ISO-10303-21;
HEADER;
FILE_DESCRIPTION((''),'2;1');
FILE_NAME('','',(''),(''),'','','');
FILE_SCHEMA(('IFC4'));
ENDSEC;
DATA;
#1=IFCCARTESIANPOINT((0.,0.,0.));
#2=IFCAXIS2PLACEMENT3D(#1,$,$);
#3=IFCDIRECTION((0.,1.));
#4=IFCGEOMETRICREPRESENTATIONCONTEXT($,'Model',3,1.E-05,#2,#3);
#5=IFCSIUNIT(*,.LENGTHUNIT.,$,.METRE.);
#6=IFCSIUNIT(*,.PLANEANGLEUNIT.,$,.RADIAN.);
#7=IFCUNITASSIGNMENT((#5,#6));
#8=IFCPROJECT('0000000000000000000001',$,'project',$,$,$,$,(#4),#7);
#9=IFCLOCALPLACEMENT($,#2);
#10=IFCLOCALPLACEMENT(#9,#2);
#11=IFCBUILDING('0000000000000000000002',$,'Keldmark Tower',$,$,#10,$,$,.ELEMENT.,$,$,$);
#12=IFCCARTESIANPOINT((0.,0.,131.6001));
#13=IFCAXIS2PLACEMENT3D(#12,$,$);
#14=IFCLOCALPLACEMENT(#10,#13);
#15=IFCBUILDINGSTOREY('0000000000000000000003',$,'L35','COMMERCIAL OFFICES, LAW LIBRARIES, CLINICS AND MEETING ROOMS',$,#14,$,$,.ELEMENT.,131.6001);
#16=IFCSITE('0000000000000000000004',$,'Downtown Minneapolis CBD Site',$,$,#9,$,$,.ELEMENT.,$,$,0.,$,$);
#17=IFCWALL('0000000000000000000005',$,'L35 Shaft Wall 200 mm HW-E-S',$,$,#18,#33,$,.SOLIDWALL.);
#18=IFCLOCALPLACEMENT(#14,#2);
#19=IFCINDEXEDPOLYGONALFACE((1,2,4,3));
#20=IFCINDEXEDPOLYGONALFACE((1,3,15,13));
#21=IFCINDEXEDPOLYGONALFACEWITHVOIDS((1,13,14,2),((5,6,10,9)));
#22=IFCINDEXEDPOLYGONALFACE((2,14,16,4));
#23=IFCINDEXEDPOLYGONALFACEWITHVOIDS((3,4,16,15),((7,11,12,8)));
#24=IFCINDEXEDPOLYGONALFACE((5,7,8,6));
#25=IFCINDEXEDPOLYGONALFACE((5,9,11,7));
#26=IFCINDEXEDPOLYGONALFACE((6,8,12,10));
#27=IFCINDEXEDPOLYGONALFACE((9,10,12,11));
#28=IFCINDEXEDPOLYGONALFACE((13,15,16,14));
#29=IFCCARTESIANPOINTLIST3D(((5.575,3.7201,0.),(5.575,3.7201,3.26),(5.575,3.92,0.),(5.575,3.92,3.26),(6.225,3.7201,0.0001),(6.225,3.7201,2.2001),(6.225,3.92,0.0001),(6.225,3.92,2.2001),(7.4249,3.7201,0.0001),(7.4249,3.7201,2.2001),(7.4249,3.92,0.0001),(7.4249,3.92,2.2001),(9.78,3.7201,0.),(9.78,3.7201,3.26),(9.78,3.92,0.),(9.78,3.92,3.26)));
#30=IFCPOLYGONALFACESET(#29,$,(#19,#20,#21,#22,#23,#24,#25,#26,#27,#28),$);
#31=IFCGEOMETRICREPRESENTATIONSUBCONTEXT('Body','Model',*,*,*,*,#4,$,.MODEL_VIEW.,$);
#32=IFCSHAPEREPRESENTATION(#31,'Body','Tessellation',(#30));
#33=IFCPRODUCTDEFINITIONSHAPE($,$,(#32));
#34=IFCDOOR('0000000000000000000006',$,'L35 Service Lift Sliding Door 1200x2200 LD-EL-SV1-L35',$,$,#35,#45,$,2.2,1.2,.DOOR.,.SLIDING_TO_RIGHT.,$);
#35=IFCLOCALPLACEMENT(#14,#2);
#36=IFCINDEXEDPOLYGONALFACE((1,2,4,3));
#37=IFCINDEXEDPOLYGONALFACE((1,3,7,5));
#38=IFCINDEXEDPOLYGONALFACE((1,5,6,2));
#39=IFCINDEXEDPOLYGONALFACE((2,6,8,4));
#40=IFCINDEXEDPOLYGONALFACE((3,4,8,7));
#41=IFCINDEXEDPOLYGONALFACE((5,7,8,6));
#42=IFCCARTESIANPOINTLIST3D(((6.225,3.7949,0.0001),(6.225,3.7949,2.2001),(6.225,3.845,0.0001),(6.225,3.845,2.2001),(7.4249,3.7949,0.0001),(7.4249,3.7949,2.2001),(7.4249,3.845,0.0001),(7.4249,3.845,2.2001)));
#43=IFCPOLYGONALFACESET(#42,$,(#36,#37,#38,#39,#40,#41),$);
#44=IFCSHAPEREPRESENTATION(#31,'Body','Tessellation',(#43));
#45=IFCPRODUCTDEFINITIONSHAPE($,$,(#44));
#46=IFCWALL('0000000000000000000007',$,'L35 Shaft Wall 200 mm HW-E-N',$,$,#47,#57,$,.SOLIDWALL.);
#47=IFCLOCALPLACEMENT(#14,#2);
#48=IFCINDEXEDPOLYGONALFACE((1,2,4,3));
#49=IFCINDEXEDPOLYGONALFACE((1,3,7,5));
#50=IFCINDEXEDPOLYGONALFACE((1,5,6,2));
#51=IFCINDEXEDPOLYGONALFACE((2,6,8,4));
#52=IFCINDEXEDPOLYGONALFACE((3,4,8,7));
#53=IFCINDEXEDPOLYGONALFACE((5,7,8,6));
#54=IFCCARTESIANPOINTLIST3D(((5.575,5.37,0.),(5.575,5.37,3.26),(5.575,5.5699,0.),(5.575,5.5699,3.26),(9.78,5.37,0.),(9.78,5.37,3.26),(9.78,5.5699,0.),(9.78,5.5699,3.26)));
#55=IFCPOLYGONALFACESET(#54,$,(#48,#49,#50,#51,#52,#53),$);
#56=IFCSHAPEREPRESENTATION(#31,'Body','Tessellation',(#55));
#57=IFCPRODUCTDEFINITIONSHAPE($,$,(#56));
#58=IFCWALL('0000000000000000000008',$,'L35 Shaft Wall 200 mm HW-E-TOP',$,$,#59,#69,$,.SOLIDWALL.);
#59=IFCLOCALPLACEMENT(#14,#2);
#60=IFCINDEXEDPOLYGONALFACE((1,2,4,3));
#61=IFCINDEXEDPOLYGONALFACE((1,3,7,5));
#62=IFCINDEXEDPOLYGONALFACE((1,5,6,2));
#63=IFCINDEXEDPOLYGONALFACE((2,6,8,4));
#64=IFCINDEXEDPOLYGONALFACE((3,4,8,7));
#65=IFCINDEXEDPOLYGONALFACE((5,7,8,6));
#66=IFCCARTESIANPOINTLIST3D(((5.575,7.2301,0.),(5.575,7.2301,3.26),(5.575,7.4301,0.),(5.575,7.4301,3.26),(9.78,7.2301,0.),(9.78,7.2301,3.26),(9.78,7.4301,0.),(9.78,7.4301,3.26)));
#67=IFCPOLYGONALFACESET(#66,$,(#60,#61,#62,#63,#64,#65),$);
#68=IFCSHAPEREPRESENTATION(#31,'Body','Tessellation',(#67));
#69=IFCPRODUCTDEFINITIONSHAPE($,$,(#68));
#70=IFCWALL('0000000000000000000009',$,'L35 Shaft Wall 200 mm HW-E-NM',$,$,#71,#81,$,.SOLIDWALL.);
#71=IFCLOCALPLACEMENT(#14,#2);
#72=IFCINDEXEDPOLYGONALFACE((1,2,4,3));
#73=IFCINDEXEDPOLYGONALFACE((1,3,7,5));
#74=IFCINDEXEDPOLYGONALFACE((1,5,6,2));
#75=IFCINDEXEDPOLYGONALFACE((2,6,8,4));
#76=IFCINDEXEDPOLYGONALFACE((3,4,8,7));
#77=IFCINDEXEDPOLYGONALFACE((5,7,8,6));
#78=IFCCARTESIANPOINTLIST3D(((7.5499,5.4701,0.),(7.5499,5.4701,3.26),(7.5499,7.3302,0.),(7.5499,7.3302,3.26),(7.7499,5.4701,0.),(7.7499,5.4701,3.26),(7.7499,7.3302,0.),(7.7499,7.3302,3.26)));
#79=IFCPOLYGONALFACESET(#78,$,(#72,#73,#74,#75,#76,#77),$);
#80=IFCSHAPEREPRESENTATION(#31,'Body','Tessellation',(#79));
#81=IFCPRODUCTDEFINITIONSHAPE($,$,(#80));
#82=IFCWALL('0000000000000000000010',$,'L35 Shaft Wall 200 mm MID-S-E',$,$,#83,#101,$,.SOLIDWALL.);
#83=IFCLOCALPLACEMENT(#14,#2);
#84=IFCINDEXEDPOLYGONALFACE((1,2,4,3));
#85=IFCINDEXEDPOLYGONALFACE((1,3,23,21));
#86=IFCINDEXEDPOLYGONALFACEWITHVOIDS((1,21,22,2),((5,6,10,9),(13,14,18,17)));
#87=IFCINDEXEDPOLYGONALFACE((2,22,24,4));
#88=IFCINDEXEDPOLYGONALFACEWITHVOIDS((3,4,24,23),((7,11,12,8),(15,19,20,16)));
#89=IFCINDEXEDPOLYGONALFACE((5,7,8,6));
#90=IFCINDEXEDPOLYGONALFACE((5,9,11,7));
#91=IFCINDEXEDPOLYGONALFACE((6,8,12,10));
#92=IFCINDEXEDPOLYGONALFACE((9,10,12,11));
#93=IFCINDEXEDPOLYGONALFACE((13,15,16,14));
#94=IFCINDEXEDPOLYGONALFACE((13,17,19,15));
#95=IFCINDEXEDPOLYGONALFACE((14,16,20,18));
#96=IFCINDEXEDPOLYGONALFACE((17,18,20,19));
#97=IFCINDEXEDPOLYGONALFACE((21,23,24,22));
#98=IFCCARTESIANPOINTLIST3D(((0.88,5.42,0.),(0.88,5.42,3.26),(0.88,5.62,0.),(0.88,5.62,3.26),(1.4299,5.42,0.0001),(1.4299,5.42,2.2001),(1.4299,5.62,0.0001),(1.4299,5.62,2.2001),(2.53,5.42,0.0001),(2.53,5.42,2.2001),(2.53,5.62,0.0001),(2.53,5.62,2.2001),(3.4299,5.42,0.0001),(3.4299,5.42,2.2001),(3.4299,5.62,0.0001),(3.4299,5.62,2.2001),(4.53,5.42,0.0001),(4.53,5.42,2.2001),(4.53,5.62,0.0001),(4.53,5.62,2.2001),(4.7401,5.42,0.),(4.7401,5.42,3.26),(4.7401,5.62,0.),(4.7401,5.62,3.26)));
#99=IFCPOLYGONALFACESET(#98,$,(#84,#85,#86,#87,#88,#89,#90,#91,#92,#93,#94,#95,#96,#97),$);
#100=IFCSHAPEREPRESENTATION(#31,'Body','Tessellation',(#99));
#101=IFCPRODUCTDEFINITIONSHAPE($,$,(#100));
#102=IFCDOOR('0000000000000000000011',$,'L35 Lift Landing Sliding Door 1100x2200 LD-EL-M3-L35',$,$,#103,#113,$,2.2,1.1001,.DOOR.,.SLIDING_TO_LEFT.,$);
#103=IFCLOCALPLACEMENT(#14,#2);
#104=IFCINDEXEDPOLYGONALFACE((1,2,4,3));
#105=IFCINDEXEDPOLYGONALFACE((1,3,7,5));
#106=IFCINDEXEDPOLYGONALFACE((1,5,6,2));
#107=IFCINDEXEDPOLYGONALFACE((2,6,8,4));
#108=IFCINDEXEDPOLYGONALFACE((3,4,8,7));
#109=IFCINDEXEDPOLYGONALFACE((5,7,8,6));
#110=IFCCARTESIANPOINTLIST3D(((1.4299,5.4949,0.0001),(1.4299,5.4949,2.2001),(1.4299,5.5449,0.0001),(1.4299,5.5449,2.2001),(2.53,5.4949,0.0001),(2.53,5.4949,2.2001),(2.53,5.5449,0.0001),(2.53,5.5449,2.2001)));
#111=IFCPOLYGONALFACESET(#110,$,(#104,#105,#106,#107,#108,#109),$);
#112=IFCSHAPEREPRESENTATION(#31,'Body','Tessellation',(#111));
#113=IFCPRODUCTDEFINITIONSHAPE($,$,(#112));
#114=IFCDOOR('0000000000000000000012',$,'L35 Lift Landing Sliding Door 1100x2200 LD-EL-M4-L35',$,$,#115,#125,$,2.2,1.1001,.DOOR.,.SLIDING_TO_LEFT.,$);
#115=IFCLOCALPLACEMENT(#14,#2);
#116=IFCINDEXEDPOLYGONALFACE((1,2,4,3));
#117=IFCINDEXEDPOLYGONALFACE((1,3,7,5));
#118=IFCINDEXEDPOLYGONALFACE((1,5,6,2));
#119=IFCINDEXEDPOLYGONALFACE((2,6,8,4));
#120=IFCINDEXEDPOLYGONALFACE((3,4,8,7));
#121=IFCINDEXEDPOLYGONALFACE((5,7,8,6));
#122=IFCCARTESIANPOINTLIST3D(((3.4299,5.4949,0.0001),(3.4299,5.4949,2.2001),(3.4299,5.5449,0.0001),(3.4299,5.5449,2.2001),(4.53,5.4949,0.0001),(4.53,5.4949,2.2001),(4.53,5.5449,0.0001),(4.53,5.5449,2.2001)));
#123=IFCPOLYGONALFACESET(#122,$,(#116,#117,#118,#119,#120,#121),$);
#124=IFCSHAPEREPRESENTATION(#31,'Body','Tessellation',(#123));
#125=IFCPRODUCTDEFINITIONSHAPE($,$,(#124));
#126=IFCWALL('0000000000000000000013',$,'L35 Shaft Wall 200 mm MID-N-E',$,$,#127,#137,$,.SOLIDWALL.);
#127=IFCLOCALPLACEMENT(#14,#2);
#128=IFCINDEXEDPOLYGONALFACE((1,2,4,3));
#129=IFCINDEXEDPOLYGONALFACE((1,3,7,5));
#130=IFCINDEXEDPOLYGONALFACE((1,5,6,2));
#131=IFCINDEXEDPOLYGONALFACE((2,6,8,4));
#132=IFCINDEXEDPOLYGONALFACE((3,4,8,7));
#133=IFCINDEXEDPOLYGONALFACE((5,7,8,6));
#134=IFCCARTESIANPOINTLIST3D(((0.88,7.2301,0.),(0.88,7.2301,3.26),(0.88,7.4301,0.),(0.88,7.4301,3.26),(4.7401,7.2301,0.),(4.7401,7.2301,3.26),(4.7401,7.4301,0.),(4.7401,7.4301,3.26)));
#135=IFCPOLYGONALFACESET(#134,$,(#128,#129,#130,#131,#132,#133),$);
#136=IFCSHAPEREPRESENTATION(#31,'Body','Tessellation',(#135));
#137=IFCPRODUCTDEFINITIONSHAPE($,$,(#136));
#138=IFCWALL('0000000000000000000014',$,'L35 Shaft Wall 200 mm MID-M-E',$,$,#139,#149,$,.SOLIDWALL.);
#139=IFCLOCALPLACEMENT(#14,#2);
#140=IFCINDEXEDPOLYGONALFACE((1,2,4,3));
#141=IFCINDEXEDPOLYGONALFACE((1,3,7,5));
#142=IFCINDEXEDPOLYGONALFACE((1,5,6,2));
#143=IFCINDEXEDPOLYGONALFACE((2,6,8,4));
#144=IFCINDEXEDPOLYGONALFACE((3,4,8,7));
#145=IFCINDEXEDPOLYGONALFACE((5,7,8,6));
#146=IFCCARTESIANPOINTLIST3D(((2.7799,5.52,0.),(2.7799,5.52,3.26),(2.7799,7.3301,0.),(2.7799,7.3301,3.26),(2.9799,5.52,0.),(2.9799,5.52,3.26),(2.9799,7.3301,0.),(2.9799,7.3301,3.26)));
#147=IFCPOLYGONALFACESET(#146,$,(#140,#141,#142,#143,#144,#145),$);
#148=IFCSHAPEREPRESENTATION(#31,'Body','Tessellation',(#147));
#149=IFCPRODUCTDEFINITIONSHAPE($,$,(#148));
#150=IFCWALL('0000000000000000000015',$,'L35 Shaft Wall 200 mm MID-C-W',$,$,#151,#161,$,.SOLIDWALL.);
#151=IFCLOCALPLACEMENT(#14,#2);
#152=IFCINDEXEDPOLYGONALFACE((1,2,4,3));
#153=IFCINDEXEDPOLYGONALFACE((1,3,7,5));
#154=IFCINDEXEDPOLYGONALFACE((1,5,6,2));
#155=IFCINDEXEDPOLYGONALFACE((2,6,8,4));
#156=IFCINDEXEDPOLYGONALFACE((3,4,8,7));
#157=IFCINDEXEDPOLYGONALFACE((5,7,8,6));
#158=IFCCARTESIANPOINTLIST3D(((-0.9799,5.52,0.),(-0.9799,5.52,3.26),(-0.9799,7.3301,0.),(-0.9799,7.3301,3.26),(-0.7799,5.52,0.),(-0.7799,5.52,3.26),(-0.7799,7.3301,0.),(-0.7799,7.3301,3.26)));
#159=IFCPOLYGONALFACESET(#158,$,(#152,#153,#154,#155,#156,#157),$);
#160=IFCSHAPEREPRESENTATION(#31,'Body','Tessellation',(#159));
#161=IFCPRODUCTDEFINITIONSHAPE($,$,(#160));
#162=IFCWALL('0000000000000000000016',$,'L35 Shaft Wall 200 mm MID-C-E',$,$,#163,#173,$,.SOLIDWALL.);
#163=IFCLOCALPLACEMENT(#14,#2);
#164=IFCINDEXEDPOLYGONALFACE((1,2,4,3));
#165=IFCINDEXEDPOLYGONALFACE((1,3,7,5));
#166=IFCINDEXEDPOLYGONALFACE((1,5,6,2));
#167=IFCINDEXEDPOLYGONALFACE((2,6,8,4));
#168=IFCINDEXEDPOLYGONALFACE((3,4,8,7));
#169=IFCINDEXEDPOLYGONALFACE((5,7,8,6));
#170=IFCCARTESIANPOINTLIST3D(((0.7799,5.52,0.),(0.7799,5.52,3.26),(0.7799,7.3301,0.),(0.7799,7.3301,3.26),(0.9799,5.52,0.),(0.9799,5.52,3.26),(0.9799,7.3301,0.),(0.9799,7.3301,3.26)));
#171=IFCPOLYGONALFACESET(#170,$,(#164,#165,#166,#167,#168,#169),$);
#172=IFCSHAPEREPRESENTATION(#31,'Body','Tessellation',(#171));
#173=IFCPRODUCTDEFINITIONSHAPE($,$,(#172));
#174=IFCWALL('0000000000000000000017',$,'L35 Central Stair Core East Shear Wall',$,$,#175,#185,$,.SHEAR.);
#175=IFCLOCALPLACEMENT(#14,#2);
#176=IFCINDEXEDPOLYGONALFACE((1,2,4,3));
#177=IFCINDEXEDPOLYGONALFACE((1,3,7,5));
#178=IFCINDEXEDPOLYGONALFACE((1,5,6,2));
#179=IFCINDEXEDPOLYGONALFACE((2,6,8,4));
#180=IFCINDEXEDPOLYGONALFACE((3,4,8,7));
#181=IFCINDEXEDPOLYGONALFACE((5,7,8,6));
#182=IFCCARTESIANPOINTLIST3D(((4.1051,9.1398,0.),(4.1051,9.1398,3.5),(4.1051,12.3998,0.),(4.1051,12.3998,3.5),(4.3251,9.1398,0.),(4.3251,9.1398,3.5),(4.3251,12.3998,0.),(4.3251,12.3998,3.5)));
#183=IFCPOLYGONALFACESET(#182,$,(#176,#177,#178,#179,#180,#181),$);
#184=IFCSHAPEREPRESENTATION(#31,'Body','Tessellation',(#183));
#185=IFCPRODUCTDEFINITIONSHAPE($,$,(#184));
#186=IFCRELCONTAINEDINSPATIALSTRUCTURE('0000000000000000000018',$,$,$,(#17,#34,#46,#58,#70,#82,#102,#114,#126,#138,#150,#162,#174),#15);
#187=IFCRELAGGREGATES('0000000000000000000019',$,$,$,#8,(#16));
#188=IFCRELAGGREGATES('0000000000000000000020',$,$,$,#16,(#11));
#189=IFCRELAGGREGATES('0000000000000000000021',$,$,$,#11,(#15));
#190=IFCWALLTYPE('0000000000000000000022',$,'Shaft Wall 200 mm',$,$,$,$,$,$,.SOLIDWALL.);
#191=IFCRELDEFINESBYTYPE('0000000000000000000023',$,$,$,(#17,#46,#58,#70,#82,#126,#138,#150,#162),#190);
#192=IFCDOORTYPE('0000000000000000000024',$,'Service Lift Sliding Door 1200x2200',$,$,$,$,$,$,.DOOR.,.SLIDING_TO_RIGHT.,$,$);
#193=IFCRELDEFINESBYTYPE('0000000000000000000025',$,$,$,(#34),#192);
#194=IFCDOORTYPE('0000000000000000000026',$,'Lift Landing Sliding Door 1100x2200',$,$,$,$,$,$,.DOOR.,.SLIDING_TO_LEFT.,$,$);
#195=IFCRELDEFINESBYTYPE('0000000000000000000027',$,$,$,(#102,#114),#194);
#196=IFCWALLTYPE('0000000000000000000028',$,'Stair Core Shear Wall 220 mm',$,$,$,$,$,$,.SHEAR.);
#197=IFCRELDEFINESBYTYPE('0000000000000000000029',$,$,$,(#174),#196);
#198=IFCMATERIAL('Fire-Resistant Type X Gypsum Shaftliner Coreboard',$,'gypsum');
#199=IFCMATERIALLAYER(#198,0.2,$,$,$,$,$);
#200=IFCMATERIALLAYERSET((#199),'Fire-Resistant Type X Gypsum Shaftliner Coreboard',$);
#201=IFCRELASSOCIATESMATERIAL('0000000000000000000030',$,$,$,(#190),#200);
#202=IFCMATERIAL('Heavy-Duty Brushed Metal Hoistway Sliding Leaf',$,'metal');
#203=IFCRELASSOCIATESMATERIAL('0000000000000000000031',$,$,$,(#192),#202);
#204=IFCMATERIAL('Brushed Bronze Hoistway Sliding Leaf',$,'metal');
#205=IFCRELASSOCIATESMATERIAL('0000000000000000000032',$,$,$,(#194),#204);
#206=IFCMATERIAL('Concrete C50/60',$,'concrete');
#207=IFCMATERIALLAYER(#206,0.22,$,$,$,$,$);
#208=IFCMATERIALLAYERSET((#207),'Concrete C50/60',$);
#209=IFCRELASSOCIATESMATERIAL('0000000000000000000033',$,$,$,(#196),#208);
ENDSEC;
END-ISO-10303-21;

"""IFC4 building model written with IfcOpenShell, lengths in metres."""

from ifc_helpers import new_model, si_unit, direction, frame, frame_2d, origin, place, context, subcontext, project, spatial, rectangle, extrude, material, layer, layer_set, type_object, element, fill, save


model = new_model("IFC4")

# Units and contexts
model_context = context("Model", 3, precision=1e-05, world=origin(), true_north=direction((0.0, 1.0)))
body_context = subcontext(model_context, "Body", "Model", "MODEL_VIEW")
ifc_project = project(units=[si_unit("LENGTHUNIT", "METRE"), si_unit("PLANEANGLEUNIT", "RADIAN")], contexts=[model_context])

# Site, building, storey
site_placement = place(None, origin())
site = spatial("IfcSite", under=ifc_project, at=site_placement, Name="Downtown Minneapolis CBD Site", CompositionType="ELEMENT", RefElevation=0.0)
building_placement = place(site_placement, origin())
building = spatial("IfcBuilding", under=site, at=building_placement, Name="Keldmark Tower", CompositionType="ELEMENT")
storey_placement = place(building_placement, frame((0.0, 0.0, 131.6001)))
storey = spatial("IfcBuildingStorey", under=building, at=storey_placement, Name="L35", Description="COMMERCIAL OFFICES, LAW LIBRARIES, CLINICS AND MEETING ROOMS", CompositionType="ELEMENT", Elevation=131.6001)

# Wall, opening, door
ifc_material_1 = material(Name="Fire-Resistant Type X Gypsum Shaftliner Coreboard", Category="gypsum")
ifc_layer_1 = layer(ifc_material_1, 0.2)
ifc_layer_set_1 = layer_set([ifc_layer_1], Name="Fire-Resistant Type X Gypsum Shaftliner Coreboard")
wall_type_1 = type_object("IfcWallType", Name="Shaft Wall 200 mm", PredefinedType="SOLIDWALL", material=ifc_layer_set_1)
wall_1_placement = place(storey_placement, frame((5.575, 3.8201, 0.0), z_axis=(0.0, 0.0, 1.0), x_axis=(1.0, 0.0, 0.0)))
wall_1 = element("IfcWall", 1, at=wall_1_placement, inside=storey, type_object=wall_type_1, Name="L35 Shaft Wall 200 mm HW-E-S", PredefinedType="SOLIDWALL", context=body_context, shape_type="SweptSolid", body=[
    extrude(rectangle(XDim=4.2051, YDim=0.2, at=frame_2d((2.1025, 0.0))), origin(), (0.0, 0.0, 1.0), 3.26),
])
opening_1_placement = place(wall_1_placement, frame((0.6499, 0.0, 0.0)))
opening_1 = element("IfcOpeningElement", 2, at=opening_1_placement, cuts=wall_1, PredefinedType="OPENING", context=body_context, shape_type="SweptSolid", body=[
    extrude(rectangle(XDim=1.2, YDim=2.2, at=frame_2d((0.6001, 1.1001))), frame((0.0, 0.1099, 0.0), z_axis=(0.0, -1.0, 0.0), x_axis=(1.0, 0.0, 0.0)), (0.0, 0.0, 1.0), 0.22),
])
ifc_material_2 = material(Name="Heavy-Duty Brushed Metal Hoistway Sliding Leaf", Category="metal")
door_type_1 = type_object("IfcDoorType", Name="Service Lift Sliding Door 1200x2200", OperationType="SLIDING_TO_RIGHT", PredefinedType="DOOR", material=ifc_material_2)
door_1_placement = place(opening_1_placement, origin())
door_1 = element("IfcDoor", 3, at=door_1_placement, inside=storey, type_object=door_type_1, Name="L35 Service Lift Sliding Door 1200x2200 LD-EL-SV1-L35", OperationType="SLIDING_TO_RIGHT", OverallHeight=2.2, OverallWidth=1.2, PredefinedType="DOOR", context=body_context, shape_type="SweptSolid", body=[
    extrude(rectangle(XDim=1.2, YDim=2.2, at=frame_2d((0.6001, 1.1001))), frame((0.0, 0.0249, 0.0), z_axis=(0.0, -1.0, 0.0), x_axis=(1.0, 0.0, 0.0)), (0.0, 0.0, 1.0), 0.05),
])
fill(opening_1, door_1)

# Walls
for number, where, z_axis, x_axis, name in (
    (4, (5.575, 5.47, 0.0), (0.0, 0.0, 1.0), (1.0, 0.0, 0.0), "L35 Shaft Wall 200 mm HW-E-N"),
    (5, (5.575, 7.3301, 0.0), (0.0, 0.0, 1.0), (1.0, 0.0, 0.0), "L35 Shaft Wall 200 mm HW-E-TOP"),
):
    element("IfcWall", number, at=place(storey_placement, frame(where, z_axis=z_axis, x_axis=x_axis)), inside=storey, type_object=wall_type_1, Name=name, PredefinedType="SOLIDWALL", context=body_context, shape_type="SweptSolid", body=[
        extrude(rectangle(XDim=4.2051, YDim=0.2, at=frame_2d((2.1025, 0.0))), origin(), (0.0, 0.0, 1.0), 3.26),
    ])
wall_2_placement = place(storey_placement, frame((7.6499, 5.47, 0.0), z_axis=(0.0, 0.0, 1.0), x_axis=(0.0, 1.0, 0.0)))
element("IfcWall", 6, at=wall_2_placement, inside=storey, type_object=wall_type_1, Name="L35 Shaft Wall 200 mm HW-E-NM", PredefinedType="SOLIDWALL", context=body_context, shape_type="SweptSolid", body=[
    extrude(rectangle(XDim=1.8601, YDim=0.2, at=frame_2d((0.9302, 0.0))), origin(), (0.0, 0.0, 1.0), 3.26),
])

# Wall, openings, doors
wall_3_placement = place(storey_placement, frame((0.8799, 5.52, 0.0), z_axis=(0.0, 0.0, 1.0), x_axis=(1.0, 0.0, 0.0)))
wall_3 = element("IfcWall", 7, at=wall_3_placement, inside=storey, type_object=wall_type_1, Name="L35 Shaft Wall 200 mm MID-S-E", PredefinedType="SOLIDWALL", context=body_context, shape_type="SweptSolid", body=[
    extrude(rectangle(XDim=3.8601, YDim=0.2, at=frame_2d((1.9302, 0.0))), origin(), (0.0, 0.0, 1.0), 3.26),
])
opening_2_placement = place(wall_3_placement, frame((0.55, 0.0, 0.0)))
opening_2 = element("IfcOpeningElement", 8, at=opening_2_placement, cuts=wall_3, PredefinedType="OPENING", context=body_context, shape_type="SweptSolid", body=[
    extrude(rectangle(XDim=1.1001, YDim=2.2, at=frame_2d((0.55, 1.1001))), frame((0.0, 0.1099, 0.0), z_axis=(0.0, -1.0, 0.0), x_axis=(1.0, 0.0, 0.0)), (0.0, 0.0, 1.0), 0.22),
])
opening_3_placement = place(wall_3_placement, frame((2.55, 0.0, 0.0)))
opening_3 = element("IfcOpeningElement", 9, at=opening_3_placement, cuts=wall_3, PredefinedType="OPENING", context=body_context, shape_type="SweptSolid", body=[
    extrude(rectangle(XDim=1.1001, YDim=2.2, at=frame_2d((0.55, 1.1001))), frame((0.0, 0.1099, 0.0), z_axis=(0.0, -1.0, 0.0), x_axis=(1.0, 0.0, 0.0)), (0.0, 0.0, 1.0), 0.22),
])
ifc_material_3 = material(Name="Brushed Bronze Hoistway Sliding Leaf", Category="metal")
door_type_2 = type_object("IfcDoorType", Name="Lift Landing Sliding Door 1100x2200", OperationType="SLIDING_TO_LEFT", PredefinedType="DOOR", material=ifc_material_3)
door_2_placement = place(opening_2_placement, origin())
door_2 = element("IfcDoor", 10, at=door_2_placement, inside=storey, type_object=door_type_2, Name="L35 Lift Landing Sliding Door 1100x2200 LD-EL-M3-L35", OperationType="SLIDING_TO_LEFT", OverallHeight=2.2, OverallWidth=1.1001, PredefinedType="DOOR", context=body_context, shape_type="SweptSolid", body=[
    extrude(rectangle(XDim=1.1001, YDim=2.2, at=frame_2d((0.55, 1.1001))), frame((0.0, 0.0249, 0.0), z_axis=(0.0, -1.0, 0.0), x_axis=(1.0, 0.0, 0.0)), (0.0, 0.0, 1.0), 0.05),
])
fill(opening_2, door_2)
door_3_placement = place(opening_3_placement, origin())
door_3 = element("IfcDoor", 11, at=door_3_placement, inside=storey, type_object=door_type_2, Name="L35 Lift Landing Sliding Door 1100x2200 LD-EL-M4-L35", OperationType="SLIDING_TO_LEFT", OverallHeight=2.2, OverallWidth=1.1001, PredefinedType="DOOR", context=body_context, shape_type="SweptSolid", body=[
    extrude(rectangle(XDim=1.1001, YDim=2.2, at=frame_2d((0.55, 1.1001))), frame((0.0, 0.0249, 0.0), z_axis=(0.0, -1.0, 0.0), x_axis=(1.0, 0.0, 0.0)), (0.0, 0.0, 1.0), 0.05),
])
fill(opening_3, door_3)

# Walls
wall_4_placement = place(storey_placement, frame((0.8799, 7.3301, 0.0), z_axis=(0.0, 0.0, 1.0), x_axis=(1.0, 0.0, 0.0)))
element("IfcWall", 12, at=wall_4_placement, inside=storey, type_object=wall_type_1, Name="L35 Shaft Wall 200 mm MID-N-E", PredefinedType="SOLIDWALL", context=body_context, shape_type="SweptSolid", body=[
    extrude(rectangle(XDim=3.8601, YDim=0.2, at=frame_2d((1.9302, 0.0))), origin(), (0.0, 0.0, 1.0), 3.26),
])
for number, where, z_axis, x_axis, name in (
    (13, (2.8799, 5.52, 0.0), (0.0, 0.0, 1.0), (0.0, 1.0, 0.0), "L35 Shaft Wall 200 mm MID-M-E"),
    (14, (-0.8799, 5.52, 0.0), (0.0, 0.0, 1.0), (0.0, 1.0, 0.0), "L35 Shaft Wall 200 mm MID-C-W"),
    (15, (0.8799, 5.52, 0.0), (0.0, 0.0, 1.0), (0.0, 1.0, 0.0), "L35 Shaft Wall 200 mm MID-C-E"),
):
    element("IfcWall", number, at=place(storey_placement, frame(where, z_axis=z_axis, x_axis=x_axis)), inside=storey, type_object=wall_type_1, Name=name, PredefinedType="SOLIDWALL", context=body_context, shape_type="SweptSolid", body=[
        extrude(rectangle(XDim=1.8101, YDim=0.2, at=frame_2d((0.905, 0.0))), origin(), (0.0, 0.0, 1.0), 3.26),
    ])
ifc_material_4 = material(Name="Concrete C50/60", Category="concrete")
ifc_layer_2 = layer(ifc_material_4, 0.22)
ifc_layer_set_2 = layer_set([ifc_layer_2], Name="Concrete C50/60")
wall_type_2 = type_object("IfcWallType", Name="Stair Core Shear Wall 220 mm", PredefinedType="SHEAR", material=ifc_layer_set_2)
wall_5_placement = place(storey_placement, frame((4.2151, 9.1399, 0.0), z_axis=(0.0, 0.0, 1.0), x_axis=(0.0, 1.0, 0.0)))
element("IfcWall", 16, at=wall_5_placement, inside=storey, type_object=wall_type_2, Name="L35 Central Stair Core East Shear Wall", PredefinedType="SHEAR", context=body_context, shape_type="SweptSolid", body=[
    extrude(rectangle(XDim=3.26, YDim=0.22, at=frame_2d((1.6299, 0.0))), origin(), (0.0, 0.0, 1.0), 3.5),
])

save(model, "model.ifc")
